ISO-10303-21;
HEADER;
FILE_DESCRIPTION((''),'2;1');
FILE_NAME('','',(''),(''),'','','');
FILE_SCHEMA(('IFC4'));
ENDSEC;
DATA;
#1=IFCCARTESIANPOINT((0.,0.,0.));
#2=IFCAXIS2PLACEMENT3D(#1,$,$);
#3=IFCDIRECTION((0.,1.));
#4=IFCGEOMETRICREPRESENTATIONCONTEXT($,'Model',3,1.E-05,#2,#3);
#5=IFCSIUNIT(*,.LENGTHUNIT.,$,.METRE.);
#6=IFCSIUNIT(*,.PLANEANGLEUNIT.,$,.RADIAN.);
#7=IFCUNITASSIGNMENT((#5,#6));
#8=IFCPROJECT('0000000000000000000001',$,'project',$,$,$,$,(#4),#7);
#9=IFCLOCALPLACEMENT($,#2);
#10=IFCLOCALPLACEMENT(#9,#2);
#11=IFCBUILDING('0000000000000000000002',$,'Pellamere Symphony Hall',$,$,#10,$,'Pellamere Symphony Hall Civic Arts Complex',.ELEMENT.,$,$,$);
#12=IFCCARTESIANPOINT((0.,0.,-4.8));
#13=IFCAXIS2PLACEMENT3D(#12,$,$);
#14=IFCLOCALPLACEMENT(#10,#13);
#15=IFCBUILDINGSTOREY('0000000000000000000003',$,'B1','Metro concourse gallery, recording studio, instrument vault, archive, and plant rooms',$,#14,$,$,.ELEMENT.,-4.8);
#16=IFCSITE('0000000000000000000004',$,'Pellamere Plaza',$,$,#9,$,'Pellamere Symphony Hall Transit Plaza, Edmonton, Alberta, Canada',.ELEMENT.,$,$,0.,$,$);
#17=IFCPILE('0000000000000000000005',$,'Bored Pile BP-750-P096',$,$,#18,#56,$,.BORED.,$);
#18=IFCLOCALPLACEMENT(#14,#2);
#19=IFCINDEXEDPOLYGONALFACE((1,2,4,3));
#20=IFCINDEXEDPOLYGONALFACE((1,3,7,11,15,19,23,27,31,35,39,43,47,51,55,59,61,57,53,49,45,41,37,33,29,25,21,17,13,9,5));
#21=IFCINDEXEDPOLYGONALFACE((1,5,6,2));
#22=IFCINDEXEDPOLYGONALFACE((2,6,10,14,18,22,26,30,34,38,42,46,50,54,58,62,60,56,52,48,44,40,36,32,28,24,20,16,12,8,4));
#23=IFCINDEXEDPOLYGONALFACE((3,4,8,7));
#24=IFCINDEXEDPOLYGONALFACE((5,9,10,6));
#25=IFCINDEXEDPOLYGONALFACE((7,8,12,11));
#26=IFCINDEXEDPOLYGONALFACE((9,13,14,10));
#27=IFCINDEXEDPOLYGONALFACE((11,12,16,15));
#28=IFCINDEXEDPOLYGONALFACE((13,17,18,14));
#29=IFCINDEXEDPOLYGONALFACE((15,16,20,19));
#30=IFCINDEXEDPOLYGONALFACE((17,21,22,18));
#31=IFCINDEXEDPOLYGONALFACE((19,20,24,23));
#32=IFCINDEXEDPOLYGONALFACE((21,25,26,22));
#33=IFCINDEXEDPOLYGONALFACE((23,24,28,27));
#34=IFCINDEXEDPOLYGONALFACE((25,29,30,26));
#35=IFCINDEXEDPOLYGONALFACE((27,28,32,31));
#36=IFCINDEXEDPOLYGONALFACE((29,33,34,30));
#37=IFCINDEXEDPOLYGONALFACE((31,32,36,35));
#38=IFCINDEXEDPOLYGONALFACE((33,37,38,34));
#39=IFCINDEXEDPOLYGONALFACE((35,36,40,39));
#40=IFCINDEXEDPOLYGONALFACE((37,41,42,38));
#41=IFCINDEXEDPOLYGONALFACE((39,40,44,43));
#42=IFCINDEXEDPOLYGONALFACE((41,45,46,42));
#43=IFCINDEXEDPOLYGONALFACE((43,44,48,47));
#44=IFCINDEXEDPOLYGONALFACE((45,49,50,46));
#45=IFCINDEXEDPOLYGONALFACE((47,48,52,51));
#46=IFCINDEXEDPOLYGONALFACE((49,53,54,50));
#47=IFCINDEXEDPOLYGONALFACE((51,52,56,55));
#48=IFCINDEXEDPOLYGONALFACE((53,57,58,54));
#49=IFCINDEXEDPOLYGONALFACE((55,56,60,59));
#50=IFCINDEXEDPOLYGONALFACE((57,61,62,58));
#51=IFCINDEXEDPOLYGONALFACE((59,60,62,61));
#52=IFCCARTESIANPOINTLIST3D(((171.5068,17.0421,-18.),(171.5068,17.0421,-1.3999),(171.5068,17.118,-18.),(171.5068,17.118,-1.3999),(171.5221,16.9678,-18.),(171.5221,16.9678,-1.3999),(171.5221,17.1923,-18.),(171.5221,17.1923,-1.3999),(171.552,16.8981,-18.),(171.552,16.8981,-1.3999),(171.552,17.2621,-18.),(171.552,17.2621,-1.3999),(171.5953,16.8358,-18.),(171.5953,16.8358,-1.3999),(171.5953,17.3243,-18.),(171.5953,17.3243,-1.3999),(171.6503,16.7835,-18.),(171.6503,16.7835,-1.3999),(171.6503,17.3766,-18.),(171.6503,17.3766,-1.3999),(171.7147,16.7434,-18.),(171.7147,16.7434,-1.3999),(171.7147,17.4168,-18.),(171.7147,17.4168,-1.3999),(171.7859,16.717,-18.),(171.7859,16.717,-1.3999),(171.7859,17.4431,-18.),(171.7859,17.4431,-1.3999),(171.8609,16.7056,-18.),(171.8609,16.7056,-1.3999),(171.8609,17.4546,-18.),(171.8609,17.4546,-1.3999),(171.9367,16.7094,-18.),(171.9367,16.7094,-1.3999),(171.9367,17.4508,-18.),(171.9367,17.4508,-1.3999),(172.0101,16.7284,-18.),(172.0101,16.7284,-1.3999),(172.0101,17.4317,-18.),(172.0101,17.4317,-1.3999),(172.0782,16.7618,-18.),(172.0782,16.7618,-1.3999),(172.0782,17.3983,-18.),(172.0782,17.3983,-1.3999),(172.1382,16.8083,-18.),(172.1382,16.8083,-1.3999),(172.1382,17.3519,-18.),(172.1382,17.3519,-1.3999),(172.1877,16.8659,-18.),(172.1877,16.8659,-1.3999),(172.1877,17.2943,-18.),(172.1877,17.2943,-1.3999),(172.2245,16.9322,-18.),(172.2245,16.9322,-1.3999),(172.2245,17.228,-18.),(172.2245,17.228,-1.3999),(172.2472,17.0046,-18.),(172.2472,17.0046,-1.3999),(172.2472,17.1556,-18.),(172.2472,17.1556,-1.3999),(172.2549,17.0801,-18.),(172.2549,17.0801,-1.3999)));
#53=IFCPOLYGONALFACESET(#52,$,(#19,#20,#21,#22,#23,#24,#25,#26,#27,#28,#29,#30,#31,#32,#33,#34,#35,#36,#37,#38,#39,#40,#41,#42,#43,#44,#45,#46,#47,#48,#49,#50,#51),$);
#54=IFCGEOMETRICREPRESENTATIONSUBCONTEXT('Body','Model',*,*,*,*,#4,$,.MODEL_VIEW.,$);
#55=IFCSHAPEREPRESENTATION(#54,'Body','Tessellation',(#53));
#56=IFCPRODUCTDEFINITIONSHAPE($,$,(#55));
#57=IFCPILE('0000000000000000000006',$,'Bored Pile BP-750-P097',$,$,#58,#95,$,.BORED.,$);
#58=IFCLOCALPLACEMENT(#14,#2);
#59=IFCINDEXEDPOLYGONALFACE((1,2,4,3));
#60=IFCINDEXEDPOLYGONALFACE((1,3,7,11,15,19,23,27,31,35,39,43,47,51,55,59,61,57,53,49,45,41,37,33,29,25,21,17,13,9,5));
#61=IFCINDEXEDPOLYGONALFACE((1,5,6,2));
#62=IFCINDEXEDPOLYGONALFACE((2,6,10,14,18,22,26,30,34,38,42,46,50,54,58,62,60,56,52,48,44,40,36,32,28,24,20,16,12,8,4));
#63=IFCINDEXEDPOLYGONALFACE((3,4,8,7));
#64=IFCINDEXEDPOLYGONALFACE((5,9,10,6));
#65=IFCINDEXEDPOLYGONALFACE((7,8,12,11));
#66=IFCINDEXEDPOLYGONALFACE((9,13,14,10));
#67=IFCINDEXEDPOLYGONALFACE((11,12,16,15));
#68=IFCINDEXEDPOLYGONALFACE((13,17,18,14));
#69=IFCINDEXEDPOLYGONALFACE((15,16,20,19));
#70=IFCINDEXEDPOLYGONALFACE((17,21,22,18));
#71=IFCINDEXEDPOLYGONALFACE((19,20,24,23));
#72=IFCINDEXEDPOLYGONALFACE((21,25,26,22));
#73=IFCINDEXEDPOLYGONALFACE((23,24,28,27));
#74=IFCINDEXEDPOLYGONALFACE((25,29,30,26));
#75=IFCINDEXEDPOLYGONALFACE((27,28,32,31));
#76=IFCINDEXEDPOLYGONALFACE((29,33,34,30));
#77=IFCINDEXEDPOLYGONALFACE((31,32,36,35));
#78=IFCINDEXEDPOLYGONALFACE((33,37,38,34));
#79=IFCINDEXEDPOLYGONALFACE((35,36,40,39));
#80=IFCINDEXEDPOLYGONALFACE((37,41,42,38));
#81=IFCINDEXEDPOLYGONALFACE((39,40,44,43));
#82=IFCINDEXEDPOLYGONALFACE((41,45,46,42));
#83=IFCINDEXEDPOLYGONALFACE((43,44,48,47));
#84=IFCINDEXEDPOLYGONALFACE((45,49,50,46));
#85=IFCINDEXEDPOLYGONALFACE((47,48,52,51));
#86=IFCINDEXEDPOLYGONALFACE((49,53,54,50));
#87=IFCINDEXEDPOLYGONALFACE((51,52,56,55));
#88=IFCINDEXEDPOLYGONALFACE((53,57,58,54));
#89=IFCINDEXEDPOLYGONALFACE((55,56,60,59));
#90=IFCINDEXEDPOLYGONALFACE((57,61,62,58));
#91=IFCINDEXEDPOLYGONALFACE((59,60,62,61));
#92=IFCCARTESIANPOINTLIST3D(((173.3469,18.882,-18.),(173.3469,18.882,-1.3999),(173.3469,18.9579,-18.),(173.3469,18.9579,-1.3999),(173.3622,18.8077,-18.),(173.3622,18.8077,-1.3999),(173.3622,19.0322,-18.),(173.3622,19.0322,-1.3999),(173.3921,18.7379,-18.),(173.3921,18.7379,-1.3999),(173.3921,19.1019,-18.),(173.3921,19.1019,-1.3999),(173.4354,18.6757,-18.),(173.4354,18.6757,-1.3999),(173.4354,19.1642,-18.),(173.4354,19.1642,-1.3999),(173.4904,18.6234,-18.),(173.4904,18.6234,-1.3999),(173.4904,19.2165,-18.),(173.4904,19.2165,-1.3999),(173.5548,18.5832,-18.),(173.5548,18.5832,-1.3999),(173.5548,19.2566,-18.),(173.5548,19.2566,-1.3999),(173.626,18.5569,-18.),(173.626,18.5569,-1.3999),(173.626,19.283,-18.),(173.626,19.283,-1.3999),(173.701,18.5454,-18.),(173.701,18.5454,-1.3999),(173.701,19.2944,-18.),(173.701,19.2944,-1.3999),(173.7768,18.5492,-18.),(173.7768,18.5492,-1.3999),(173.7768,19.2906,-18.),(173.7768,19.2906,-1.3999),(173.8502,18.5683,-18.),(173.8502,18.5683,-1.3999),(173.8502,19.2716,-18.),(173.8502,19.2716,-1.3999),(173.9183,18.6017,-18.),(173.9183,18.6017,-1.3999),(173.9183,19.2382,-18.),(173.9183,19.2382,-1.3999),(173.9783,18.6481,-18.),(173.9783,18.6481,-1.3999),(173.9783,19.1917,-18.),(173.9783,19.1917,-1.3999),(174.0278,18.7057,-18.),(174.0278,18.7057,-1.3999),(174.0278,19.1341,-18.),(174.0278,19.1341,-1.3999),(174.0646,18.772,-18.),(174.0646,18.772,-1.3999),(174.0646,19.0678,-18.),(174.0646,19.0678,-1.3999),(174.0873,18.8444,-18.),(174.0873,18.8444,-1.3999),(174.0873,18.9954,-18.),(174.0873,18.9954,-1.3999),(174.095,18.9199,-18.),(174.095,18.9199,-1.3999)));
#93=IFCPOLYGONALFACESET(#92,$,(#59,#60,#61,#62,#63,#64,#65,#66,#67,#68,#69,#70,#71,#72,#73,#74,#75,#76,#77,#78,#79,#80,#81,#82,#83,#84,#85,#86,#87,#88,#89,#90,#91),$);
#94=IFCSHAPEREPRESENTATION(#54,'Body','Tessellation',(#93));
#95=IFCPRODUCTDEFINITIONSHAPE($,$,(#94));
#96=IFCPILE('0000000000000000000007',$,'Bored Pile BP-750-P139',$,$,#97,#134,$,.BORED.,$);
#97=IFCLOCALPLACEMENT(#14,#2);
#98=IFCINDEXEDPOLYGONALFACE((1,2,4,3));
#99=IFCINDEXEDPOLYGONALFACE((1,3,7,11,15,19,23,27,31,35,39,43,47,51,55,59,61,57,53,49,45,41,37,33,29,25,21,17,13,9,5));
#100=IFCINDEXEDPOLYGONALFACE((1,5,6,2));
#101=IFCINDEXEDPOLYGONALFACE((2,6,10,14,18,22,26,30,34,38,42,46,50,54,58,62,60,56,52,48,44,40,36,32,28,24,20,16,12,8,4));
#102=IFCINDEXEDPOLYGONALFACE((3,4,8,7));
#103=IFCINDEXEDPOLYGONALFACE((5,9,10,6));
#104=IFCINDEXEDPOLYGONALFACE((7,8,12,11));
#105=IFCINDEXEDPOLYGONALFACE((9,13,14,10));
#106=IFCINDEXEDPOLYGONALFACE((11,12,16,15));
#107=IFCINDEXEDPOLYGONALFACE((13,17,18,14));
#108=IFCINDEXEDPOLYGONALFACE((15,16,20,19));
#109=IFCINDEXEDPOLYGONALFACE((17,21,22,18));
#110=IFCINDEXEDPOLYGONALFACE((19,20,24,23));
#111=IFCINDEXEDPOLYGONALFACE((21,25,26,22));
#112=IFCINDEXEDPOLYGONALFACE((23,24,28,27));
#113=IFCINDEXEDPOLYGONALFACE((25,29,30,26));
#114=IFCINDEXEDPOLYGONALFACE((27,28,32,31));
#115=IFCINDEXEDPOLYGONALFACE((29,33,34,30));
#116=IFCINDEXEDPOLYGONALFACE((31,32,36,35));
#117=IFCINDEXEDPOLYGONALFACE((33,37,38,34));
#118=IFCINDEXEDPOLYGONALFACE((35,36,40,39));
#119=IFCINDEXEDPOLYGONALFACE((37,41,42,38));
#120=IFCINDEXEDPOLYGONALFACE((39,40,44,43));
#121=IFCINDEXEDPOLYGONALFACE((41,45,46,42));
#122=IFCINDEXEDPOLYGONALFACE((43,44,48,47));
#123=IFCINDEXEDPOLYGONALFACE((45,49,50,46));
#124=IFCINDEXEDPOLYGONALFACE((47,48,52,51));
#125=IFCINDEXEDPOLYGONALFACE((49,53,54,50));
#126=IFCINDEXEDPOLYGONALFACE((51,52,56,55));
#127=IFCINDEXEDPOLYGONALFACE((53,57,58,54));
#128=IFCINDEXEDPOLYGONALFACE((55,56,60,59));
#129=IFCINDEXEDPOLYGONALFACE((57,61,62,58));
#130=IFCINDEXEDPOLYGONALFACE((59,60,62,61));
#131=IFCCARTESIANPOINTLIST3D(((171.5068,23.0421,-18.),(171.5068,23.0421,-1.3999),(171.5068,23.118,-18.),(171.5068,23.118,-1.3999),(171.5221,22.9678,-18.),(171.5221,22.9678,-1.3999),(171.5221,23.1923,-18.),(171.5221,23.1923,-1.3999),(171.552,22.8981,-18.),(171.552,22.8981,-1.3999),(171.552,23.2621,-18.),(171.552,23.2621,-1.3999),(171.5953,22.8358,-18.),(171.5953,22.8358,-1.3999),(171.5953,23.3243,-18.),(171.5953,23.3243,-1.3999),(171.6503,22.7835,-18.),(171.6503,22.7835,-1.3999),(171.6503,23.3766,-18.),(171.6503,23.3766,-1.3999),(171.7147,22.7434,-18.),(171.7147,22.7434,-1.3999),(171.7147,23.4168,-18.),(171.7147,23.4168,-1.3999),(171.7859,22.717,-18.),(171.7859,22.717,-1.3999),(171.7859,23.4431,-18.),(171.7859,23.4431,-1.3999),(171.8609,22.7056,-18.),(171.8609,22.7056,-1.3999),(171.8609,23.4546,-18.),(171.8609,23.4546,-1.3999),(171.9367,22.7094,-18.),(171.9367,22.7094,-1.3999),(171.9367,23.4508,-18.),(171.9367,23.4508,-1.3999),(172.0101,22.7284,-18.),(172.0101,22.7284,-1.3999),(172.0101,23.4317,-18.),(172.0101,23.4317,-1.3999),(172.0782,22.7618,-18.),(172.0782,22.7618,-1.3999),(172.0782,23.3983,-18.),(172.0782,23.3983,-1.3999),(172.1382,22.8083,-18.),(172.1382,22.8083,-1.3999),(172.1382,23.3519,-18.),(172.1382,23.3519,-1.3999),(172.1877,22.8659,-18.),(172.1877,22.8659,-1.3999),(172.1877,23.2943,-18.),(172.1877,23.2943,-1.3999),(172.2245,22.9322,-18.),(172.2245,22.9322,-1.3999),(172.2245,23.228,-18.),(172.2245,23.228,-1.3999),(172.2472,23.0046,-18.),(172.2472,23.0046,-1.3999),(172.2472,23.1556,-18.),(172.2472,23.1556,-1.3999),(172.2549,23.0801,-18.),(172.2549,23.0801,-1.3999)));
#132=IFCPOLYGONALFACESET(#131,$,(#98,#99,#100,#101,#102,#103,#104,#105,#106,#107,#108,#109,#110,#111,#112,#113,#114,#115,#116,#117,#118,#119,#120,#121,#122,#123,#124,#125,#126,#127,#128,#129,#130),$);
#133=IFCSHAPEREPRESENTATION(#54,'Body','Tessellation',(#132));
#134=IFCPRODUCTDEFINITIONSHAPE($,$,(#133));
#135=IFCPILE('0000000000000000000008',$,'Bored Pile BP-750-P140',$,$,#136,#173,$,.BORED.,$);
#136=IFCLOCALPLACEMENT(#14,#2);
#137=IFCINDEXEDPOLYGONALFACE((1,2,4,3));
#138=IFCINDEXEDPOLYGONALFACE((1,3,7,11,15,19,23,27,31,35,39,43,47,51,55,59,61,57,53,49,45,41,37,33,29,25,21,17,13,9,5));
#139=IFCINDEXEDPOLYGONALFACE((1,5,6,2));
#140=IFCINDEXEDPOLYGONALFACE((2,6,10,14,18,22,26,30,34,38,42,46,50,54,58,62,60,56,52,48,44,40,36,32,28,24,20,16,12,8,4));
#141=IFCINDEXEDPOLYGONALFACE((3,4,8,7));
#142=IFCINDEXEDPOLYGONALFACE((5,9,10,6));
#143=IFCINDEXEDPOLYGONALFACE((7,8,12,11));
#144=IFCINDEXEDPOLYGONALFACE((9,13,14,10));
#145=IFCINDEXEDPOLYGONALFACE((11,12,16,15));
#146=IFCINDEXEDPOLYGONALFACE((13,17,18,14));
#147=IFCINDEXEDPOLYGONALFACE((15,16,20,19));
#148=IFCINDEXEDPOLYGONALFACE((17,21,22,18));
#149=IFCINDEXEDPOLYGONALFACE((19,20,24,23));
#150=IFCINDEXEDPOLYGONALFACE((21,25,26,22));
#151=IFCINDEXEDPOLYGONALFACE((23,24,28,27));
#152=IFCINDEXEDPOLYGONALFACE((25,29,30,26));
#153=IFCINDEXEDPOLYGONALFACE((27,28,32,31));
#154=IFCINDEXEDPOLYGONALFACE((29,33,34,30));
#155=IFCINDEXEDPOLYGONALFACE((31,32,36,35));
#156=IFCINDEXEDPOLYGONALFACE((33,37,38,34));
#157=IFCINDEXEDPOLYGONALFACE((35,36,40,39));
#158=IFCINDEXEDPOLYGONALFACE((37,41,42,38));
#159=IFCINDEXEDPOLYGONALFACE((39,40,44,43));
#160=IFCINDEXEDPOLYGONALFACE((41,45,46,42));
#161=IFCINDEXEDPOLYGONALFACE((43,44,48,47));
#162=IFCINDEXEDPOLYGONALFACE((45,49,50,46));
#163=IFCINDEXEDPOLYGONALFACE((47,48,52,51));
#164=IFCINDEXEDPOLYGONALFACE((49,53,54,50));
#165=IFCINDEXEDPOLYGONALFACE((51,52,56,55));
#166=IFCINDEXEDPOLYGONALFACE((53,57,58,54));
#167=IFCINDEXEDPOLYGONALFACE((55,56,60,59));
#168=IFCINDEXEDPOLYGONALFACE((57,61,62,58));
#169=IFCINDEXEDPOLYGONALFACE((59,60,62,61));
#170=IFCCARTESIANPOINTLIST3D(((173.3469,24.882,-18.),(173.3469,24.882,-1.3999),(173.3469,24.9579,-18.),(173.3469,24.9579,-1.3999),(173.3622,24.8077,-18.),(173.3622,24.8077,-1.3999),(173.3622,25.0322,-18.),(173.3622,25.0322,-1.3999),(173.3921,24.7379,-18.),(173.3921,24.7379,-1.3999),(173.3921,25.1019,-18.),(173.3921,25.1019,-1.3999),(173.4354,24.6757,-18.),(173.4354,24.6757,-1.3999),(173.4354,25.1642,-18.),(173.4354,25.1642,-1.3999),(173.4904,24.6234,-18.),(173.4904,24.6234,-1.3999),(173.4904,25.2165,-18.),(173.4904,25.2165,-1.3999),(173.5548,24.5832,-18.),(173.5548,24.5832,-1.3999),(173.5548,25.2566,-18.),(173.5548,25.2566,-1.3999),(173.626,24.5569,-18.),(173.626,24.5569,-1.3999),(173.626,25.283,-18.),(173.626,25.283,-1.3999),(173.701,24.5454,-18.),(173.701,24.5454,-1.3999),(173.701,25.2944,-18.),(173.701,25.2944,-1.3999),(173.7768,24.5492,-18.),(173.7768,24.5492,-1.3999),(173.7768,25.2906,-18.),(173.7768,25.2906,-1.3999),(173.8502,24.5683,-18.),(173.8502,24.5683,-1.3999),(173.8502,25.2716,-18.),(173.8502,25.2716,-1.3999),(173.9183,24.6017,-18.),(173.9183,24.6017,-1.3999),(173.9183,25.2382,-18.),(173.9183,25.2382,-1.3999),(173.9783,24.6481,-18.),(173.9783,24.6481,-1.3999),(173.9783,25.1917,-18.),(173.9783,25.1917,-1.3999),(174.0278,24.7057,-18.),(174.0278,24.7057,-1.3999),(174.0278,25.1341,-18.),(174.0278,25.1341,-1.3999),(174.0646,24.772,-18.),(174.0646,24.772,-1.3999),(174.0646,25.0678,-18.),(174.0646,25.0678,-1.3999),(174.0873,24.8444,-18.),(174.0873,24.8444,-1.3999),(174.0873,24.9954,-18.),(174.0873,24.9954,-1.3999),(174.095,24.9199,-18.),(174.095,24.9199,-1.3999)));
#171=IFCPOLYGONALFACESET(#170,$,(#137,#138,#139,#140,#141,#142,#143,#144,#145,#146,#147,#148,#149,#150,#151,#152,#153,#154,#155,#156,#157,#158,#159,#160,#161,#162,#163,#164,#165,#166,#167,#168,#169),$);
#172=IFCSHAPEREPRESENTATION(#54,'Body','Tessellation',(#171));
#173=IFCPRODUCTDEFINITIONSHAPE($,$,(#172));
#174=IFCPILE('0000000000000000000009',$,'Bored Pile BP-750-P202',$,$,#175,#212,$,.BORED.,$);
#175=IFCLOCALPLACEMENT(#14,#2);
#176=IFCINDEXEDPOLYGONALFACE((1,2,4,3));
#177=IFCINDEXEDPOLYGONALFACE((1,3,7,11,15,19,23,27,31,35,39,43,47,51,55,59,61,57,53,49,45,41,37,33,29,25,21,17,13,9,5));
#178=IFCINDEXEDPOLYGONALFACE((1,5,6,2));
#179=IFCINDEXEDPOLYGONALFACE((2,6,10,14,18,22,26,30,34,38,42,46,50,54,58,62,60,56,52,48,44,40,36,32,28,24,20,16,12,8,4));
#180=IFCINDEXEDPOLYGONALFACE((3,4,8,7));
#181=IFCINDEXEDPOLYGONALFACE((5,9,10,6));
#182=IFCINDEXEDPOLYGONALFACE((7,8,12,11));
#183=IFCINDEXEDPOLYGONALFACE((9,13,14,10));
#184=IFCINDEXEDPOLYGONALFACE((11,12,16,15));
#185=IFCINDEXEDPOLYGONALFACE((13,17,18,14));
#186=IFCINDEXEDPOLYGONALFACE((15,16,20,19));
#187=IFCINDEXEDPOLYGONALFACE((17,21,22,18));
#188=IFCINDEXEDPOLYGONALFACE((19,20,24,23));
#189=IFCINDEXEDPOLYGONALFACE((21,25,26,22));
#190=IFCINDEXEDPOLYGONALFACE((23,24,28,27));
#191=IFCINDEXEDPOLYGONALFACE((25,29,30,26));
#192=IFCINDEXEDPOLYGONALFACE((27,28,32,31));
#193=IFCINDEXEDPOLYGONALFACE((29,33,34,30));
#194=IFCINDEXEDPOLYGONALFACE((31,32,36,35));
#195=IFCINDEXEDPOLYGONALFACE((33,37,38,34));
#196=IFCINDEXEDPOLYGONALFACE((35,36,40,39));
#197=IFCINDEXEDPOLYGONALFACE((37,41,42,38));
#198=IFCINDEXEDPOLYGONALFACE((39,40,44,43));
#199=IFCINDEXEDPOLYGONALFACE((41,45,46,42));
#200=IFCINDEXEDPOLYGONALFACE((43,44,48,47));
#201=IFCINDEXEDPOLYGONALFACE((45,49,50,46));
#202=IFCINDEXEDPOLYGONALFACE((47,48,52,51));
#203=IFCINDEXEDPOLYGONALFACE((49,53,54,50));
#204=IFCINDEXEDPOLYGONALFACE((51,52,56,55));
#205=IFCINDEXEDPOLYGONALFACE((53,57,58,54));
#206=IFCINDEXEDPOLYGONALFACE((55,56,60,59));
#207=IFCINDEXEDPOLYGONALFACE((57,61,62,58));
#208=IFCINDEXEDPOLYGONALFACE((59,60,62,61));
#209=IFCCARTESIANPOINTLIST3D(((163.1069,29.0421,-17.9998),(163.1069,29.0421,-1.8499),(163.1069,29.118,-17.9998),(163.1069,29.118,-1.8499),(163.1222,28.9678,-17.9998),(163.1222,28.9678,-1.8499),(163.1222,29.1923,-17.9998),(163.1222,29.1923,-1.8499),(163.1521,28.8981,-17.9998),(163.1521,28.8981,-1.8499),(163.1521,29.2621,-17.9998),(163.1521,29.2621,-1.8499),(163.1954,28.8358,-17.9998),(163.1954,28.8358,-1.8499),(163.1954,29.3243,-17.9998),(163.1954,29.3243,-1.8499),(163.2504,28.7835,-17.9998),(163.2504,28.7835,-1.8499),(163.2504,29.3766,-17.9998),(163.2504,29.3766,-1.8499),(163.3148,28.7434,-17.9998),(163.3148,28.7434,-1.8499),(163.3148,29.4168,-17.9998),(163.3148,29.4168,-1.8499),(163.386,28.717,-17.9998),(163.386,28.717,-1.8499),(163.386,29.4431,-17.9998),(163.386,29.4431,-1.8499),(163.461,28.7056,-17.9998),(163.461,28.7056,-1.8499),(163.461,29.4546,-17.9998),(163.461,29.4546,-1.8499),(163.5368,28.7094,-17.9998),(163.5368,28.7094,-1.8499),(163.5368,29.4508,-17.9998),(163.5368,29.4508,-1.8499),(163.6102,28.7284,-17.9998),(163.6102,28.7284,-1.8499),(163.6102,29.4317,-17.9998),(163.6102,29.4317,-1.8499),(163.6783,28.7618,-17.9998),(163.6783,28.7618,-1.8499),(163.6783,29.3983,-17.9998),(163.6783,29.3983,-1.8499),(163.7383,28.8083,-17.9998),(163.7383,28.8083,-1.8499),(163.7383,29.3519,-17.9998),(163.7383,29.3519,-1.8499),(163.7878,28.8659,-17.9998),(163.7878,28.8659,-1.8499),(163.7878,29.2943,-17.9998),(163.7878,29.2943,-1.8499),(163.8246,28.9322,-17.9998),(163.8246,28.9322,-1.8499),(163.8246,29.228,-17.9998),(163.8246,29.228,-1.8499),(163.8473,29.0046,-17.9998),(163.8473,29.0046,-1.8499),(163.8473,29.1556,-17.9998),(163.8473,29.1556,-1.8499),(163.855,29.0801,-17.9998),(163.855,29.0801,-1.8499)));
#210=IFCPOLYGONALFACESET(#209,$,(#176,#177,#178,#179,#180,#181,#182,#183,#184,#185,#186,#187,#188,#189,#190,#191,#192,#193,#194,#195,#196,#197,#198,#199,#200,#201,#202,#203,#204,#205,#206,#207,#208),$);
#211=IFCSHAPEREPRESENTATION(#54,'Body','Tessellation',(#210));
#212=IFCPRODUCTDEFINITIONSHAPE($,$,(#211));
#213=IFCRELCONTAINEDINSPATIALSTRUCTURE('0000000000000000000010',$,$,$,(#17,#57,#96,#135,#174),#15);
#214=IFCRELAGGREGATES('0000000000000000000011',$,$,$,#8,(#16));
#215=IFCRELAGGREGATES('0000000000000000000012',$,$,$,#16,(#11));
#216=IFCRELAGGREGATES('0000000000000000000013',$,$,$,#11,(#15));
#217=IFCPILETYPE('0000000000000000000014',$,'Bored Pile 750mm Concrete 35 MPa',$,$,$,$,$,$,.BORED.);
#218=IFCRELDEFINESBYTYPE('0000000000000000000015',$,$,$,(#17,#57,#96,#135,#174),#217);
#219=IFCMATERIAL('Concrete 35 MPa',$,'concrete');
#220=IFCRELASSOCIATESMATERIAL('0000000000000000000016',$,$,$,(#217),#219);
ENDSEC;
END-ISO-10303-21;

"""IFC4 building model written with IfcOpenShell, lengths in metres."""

from ifc_helpers import new_model, si_unit, direction, frame, origin, origin_2d, place, context, subcontext, project, spatial, circle, extrude, material, material_profile, profile_set, type_object, element, save


model = new_model("IFC4")

# Units and contexts
model_context = context("Model", 3, precision=1e-05, world=origin(), true_north=direction((0.0, 1.0)))
body_context = subcontext(model_context, "Body", "Model", "MODEL_VIEW")
ifc_project = project(units=[si_unit("LENGTHUNIT", "METRE"), si_unit("PLANEANGLEUNIT", "RADIAN")], contexts=[model_context])

# Site, building, storey
site_placement = place(None, origin())
site = spatial("IfcSite", under=ifc_project, at=site_placement, Name="Pellamere Plaza", LongName="Pellamere Symphony Hall Transit Plaza, Edmonton, Alberta, Canada", CompositionType="ELEMENT", RefElevation=0.0)
building_placement = place(site_placement, origin())
building = spatial("IfcBuilding", under=site, at=building_placement, Name="Pellamere Symphony Hall", LongName="Pellamere Symphony Hall Civic Arts Complex", CompositionType="ELEMENT")
storey_placement = place(building_placement, frame((0.0, 0.0, -4.8)))
storey = spatial("IfcBuildingStorey", under=building, at=storey_placement, Name="B1", Description="Metro concourse gallery, recording studio, instrument vault, archive, and plant rooms", CompositionType="ELEMENT", Elevation=-4.8)

# Piles
ifc_material_1 = material(Name="Concrete 35 MPa", Category="concrete")
ifc_material_profile_1 = material_profile(ifc_material_1, circle(Radius=0.375, at=origin_2d()), Name="PILE D750")
ifc_profile_set_1 = profile_set([ifc_material_profile_1], Name="Concrete 35 MPa")
pile_type = type_object("IfcPileType", Name="Bored Pile 750mm Concrete 35 MPa", PredefinedType="BORED", material=ifc_profile_set_1)
for number, where, z_axis, x_axis, name in (
    (1, (171.8799, 17.0801, -1.3999), (0.0, 0.0, -1.0), (1.0, 0.0, 0.0), "Bored Pile BP-750-P096"),
    (2, (173.72, 18.9199, -1.3999), (0.0, 0.0, -1.0), (1.0, 0.0, 0.0), "Bored Pile BP-750-P097"),
    (3, (171.8799, 23.0801, -1.3999), (0.0, 0.0, -1.0), (1.0, 0.0, 0.0), "Bored Pile BP-750-P139"),
    (4, (173.72, 24.9199, -1.3999), (0.0, 0.0, -1.0), (1.0, 0.0, 0.0), "Bored Pile BP-750-P140"),
):
    element("IfcPile", number, at=place(storey_placement, frame(where, z_axis=z_axis, x_axis=x_axis)), inside=storey, type_object=pile_type, Name=name, PredefinedType="BORED", context=body_context, shape_type="SweptSolid", body=[
        extrude(circle(Radius=0.375, at=origin_2d()), origin(), (0.0, 0.0, 1.0), 16.6001),
    ])
for number, where, z_axis, x_axis, name in (
    (5, (163.48, 29.0801, -1.8499), (0.0, 0.0, -1.0), (1.0, 0.0, 0.0), "Bored Pile BP-750-P202"),
):
    element("IfcPile", number, at=place(storey_placement, frame(where, z_axis=z_axis, x_axis=x_axis)), inside=storey, type_object=pile_type, Name=name, PredefinedType="BORED", context=body_context, shape_type="SweptSolid", body=[
        extrude(circle(Radius=0.375, at=origin_2d()), origin(), (0.0, 0.0, 1.0), 16.1499),
    ])

save(model, "model.ifc")
